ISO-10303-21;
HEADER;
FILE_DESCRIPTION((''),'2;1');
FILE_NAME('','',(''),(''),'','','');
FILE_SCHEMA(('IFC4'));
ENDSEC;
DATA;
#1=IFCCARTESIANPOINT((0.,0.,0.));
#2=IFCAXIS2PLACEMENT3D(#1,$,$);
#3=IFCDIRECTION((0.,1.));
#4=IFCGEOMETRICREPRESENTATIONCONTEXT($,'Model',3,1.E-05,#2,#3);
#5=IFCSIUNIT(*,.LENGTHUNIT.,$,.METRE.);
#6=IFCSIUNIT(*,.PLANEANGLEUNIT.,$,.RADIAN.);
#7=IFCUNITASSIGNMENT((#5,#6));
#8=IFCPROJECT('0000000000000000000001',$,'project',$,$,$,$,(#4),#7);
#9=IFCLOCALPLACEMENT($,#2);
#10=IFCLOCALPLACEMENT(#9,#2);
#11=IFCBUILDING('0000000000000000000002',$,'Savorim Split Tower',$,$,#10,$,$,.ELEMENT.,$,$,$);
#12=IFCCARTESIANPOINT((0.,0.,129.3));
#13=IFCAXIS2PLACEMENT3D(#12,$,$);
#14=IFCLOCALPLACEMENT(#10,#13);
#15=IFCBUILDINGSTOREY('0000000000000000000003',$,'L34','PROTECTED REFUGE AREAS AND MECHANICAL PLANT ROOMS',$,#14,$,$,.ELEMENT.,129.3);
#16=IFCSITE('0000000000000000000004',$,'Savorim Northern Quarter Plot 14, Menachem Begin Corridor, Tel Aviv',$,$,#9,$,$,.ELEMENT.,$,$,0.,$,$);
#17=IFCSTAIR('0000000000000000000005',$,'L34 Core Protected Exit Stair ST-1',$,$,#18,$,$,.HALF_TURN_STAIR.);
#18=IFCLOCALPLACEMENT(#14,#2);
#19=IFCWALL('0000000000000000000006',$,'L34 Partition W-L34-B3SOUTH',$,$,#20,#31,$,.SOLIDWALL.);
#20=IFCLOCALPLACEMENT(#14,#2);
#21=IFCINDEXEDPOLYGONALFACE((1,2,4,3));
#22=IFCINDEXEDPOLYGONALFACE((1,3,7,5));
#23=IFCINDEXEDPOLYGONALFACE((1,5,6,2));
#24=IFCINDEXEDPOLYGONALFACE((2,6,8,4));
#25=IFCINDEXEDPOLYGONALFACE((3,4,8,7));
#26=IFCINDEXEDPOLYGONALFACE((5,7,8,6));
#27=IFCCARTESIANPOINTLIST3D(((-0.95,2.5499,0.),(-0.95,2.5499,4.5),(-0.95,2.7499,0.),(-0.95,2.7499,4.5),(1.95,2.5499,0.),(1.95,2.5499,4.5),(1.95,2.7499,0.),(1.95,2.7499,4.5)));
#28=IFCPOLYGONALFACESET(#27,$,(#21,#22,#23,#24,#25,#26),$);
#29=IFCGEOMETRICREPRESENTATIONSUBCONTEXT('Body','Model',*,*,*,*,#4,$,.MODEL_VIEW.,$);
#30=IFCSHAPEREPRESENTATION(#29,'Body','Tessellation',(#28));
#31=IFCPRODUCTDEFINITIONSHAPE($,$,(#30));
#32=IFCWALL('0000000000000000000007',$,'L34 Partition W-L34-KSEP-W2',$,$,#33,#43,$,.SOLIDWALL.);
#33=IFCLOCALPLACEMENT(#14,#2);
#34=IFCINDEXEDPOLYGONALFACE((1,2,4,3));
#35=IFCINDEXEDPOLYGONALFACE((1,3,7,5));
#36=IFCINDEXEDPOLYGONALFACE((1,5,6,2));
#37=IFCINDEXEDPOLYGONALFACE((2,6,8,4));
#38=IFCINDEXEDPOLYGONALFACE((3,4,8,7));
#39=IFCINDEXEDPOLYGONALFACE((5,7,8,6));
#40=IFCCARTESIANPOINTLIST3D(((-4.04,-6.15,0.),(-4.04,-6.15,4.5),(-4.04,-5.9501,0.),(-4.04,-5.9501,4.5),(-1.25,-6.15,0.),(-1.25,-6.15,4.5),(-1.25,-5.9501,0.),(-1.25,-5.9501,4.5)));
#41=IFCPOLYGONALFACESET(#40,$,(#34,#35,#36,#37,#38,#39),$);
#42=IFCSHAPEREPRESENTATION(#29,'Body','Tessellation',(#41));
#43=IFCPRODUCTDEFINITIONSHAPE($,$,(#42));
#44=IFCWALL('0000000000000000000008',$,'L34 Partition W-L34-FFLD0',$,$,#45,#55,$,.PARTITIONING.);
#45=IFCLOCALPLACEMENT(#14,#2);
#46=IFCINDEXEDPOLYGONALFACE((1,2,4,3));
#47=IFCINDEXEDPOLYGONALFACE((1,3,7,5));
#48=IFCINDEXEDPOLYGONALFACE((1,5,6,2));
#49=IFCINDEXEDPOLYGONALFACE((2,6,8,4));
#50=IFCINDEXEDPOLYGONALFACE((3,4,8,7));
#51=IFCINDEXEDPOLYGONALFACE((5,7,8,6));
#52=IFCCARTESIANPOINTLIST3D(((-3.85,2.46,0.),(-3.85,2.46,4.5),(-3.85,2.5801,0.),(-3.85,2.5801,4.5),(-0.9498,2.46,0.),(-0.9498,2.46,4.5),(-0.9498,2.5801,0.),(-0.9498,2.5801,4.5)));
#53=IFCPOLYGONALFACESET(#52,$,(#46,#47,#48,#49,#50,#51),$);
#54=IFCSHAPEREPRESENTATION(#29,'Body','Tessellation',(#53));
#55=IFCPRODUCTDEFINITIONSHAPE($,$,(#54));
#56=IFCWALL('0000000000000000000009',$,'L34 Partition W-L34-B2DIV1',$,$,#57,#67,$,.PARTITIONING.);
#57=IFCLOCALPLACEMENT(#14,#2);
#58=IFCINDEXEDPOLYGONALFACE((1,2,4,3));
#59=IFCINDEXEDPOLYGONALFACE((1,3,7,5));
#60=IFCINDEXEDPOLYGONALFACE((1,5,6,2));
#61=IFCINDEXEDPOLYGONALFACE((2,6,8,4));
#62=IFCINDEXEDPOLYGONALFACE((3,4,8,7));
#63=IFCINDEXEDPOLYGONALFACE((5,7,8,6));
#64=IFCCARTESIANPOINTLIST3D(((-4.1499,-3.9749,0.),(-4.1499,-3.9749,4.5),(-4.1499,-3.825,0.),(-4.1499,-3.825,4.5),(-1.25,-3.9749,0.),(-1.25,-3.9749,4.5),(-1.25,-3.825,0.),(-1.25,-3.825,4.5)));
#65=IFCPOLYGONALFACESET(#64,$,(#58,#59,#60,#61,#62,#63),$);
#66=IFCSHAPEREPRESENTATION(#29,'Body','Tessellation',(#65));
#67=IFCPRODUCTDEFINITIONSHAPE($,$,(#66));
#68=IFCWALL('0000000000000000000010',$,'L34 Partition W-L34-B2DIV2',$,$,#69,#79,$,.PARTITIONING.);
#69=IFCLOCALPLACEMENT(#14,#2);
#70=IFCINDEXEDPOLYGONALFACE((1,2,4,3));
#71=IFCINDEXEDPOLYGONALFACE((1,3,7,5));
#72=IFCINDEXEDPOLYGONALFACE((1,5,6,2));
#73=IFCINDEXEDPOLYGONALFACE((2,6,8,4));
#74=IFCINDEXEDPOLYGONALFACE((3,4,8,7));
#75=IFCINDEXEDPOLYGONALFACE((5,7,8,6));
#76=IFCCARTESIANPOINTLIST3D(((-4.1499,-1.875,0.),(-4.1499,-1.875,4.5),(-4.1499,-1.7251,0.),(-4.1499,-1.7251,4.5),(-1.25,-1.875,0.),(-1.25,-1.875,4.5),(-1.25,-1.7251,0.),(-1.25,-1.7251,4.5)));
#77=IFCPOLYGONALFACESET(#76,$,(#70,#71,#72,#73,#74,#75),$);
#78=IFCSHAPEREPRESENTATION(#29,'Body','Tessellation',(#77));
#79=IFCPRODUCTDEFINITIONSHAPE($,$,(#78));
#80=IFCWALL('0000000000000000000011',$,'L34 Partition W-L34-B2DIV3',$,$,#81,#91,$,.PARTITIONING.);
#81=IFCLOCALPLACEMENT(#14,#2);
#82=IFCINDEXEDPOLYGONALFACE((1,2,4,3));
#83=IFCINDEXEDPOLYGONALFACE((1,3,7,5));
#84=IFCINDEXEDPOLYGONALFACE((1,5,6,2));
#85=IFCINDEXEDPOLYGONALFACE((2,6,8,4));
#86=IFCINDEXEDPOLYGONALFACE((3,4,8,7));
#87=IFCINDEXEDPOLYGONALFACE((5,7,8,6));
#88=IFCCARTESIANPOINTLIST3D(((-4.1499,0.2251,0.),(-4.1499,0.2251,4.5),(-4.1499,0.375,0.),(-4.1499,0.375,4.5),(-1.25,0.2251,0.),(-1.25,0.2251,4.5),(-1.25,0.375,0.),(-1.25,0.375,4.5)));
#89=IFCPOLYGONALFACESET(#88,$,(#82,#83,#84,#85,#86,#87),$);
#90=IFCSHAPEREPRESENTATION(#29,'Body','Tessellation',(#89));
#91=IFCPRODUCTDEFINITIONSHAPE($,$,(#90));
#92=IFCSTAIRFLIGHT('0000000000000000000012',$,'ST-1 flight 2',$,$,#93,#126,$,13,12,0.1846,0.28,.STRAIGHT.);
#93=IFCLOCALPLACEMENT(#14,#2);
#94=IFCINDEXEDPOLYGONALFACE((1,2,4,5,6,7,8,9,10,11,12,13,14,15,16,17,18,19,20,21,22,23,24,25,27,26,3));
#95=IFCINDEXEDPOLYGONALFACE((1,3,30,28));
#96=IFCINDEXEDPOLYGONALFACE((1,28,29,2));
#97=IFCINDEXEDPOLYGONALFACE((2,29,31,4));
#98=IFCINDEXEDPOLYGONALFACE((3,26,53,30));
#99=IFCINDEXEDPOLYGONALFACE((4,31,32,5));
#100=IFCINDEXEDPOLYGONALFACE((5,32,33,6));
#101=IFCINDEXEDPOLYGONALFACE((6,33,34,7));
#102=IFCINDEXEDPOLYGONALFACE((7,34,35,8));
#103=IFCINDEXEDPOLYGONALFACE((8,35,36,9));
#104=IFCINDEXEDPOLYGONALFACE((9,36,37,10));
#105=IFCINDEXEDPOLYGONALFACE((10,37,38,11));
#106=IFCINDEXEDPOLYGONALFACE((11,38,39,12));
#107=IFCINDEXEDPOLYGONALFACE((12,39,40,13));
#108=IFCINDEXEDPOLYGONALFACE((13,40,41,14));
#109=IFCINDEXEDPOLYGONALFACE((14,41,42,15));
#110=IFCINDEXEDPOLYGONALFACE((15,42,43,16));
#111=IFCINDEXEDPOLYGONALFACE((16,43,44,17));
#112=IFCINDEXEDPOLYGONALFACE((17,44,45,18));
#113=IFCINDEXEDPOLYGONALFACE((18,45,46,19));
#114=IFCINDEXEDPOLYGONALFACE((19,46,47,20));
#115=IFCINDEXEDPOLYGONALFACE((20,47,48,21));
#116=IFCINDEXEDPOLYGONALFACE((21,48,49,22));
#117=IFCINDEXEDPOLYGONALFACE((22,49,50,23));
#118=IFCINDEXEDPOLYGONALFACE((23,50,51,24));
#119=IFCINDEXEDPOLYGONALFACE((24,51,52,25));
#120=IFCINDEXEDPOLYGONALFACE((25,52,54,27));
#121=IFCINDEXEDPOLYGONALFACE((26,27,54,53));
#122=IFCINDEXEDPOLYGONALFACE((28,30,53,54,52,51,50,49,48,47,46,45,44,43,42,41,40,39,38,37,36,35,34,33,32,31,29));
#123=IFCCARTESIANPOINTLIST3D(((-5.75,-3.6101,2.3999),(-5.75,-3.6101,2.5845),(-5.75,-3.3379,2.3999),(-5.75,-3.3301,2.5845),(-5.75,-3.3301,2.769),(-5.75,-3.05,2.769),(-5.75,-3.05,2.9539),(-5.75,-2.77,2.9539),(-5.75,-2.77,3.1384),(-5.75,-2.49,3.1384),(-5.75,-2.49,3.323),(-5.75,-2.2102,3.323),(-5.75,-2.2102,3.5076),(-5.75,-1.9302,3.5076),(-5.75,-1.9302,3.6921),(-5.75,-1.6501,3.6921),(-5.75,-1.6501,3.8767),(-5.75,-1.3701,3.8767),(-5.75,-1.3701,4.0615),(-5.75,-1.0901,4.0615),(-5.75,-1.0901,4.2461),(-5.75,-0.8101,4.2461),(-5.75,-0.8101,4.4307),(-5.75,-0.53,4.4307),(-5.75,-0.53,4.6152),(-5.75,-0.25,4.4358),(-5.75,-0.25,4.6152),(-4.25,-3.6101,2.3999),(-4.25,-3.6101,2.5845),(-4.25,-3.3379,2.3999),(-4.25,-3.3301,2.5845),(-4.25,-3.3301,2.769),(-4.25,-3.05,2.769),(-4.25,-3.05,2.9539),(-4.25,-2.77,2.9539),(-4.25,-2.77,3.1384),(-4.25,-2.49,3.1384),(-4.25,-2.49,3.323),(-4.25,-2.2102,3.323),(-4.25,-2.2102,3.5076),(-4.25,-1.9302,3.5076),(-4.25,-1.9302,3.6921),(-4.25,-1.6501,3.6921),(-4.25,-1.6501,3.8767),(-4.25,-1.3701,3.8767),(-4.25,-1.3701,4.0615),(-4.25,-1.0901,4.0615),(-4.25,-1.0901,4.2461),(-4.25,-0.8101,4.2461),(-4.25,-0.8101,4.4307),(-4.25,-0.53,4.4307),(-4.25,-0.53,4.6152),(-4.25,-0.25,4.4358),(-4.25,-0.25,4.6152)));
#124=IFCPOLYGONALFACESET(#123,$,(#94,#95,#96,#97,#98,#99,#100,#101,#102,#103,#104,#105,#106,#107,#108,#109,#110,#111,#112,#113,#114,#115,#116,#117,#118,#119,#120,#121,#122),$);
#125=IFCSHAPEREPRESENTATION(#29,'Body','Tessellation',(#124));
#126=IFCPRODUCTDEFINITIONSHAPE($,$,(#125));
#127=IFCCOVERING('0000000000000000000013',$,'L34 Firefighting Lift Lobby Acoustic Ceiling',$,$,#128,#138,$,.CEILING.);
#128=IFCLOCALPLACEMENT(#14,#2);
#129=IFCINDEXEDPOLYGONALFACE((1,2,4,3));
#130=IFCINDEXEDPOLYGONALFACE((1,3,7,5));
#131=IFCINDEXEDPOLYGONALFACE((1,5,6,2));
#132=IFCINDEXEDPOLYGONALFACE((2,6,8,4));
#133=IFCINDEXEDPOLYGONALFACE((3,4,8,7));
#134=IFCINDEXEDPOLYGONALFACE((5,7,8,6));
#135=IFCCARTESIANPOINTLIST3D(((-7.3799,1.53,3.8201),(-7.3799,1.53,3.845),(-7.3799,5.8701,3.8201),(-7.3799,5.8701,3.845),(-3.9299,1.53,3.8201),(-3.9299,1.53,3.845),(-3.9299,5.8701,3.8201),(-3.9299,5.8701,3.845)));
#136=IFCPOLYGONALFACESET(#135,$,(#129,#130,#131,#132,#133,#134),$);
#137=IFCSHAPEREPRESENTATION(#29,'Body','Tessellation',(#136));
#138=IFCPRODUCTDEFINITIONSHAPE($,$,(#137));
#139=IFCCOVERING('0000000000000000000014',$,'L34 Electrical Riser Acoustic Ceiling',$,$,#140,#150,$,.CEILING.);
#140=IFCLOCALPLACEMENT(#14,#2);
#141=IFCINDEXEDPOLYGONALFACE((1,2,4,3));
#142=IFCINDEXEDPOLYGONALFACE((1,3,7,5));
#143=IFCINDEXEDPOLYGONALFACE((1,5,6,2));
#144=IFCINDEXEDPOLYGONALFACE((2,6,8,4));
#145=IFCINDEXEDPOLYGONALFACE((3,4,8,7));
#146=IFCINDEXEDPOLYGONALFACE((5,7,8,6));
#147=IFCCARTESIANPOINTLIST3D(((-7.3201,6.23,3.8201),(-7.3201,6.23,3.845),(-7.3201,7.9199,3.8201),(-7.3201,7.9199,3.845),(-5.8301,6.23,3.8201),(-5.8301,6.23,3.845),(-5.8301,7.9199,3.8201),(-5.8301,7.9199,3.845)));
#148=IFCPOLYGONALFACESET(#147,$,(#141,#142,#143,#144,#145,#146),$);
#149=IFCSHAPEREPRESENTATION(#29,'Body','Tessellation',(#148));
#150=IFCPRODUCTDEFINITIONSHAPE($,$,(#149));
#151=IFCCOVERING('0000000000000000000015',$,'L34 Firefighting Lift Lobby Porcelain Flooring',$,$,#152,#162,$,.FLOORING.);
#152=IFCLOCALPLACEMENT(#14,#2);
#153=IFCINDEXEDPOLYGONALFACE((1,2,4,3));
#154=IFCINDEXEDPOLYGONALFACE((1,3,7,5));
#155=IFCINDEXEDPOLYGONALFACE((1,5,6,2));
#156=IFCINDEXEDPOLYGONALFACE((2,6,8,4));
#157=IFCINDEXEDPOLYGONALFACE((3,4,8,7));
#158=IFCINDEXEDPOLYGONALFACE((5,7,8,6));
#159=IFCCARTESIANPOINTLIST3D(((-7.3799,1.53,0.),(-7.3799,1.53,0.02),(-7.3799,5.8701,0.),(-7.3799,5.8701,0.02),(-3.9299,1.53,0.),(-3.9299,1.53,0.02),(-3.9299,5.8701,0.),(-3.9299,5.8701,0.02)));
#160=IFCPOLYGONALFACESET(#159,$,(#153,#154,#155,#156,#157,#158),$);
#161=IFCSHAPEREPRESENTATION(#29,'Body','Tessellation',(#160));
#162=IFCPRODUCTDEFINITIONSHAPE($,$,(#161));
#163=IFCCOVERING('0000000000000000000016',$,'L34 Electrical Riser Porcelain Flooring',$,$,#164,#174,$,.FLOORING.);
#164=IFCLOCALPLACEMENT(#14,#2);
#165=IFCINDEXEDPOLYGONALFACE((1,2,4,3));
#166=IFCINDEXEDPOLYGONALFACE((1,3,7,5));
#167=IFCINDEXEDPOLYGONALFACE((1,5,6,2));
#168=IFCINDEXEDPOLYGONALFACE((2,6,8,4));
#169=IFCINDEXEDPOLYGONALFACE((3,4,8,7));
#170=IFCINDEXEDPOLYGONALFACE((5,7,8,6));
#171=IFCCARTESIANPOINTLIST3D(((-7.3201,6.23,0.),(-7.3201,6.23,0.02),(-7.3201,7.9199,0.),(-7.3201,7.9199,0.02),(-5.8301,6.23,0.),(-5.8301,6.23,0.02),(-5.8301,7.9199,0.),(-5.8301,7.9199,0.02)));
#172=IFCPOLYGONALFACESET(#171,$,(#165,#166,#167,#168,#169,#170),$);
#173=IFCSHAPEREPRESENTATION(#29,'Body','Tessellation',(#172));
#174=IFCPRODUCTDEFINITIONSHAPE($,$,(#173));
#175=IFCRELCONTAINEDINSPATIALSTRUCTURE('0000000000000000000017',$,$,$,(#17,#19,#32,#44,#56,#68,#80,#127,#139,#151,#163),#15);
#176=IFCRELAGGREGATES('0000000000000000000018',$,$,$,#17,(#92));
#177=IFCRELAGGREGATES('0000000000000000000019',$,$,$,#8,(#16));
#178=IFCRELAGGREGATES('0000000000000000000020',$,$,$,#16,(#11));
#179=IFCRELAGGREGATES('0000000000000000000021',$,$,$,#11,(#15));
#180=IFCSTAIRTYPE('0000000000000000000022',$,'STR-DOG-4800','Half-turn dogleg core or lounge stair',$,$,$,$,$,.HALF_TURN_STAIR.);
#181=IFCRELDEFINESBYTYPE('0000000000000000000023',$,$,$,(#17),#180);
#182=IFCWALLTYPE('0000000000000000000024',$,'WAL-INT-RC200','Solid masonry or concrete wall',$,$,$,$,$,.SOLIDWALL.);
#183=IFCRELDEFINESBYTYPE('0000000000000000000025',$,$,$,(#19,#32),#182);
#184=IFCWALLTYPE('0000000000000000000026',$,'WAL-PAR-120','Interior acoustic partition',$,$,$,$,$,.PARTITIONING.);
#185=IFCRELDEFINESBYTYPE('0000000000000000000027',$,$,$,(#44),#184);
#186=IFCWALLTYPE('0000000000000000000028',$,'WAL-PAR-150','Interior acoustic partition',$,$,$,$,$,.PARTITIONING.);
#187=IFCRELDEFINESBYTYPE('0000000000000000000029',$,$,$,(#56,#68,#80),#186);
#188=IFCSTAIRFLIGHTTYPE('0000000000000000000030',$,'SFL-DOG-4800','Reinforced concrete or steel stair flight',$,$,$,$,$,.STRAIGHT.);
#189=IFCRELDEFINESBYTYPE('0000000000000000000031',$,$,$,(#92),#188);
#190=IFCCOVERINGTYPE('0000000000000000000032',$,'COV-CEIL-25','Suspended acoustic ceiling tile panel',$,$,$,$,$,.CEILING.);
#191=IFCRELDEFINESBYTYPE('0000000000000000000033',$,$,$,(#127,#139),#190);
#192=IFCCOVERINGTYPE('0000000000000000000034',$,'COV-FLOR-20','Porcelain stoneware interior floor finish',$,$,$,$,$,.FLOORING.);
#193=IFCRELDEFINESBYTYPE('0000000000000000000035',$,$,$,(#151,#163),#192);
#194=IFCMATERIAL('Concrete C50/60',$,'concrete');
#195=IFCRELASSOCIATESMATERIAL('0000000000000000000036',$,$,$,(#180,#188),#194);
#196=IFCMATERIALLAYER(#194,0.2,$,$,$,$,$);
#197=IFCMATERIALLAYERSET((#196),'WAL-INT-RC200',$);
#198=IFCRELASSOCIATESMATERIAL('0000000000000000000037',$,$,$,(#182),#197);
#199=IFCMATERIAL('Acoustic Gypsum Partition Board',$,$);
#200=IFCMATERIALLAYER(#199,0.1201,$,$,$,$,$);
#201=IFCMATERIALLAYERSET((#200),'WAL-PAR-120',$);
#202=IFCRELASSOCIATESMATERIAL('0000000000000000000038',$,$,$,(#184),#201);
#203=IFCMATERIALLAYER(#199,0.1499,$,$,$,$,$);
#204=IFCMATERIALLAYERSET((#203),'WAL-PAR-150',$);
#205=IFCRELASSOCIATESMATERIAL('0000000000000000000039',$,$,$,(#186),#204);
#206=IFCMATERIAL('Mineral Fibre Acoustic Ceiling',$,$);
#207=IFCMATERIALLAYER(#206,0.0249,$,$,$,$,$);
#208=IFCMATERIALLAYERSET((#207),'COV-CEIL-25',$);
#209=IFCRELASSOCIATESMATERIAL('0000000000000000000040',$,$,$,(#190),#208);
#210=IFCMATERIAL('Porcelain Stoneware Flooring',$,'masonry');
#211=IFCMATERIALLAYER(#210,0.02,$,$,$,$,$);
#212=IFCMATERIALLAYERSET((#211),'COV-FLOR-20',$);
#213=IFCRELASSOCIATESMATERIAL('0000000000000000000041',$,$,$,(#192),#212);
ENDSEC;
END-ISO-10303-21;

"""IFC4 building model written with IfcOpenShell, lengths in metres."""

from ifc_helpers import new_model, si_unit, direction, frame, frame_2d, origin, place, context, subcontext, project, spatial, polyline, rectangle, outline, extrude, material, layer, layer_set, type_object, element, aggregate, save


model = new_model("IFC4")

# Units and contexts
model_context = context("Model", 3, precision=1e-05, world=origin(), true_north=direction((0.0, 1.0)))
body_context = subcontext(model_context, "Body", "Model", "MODEL_VIEW")
ifc_project = project(units=[si_unit("LENGTHUNIT", "METRE"), si_unit("PLANEANGLEUNIT", "RADIAN")], contexts=[model_context])

# Site, building, storey
site_placement = place(None, origin())
site = spatial("IfcSite", under=ifc_project, at=site_placement, Name="Savorim Northern Quarter Plot 14, Menachem Begin Corridor, Tel Aviv", CompositionType="ELEMENT", RefElevation=0.0)
building_placement = place(site_placement, origin())
building = spatial("IfcBuilding", under=site, at=building_placement, Name="Savorim Split Tower", CompositionType="ELEMENT")
storey_placement = place(building_placement, frame((0.0, 0.0, 129.3)))
storey = spatial("IfcBuildingStorey", under=building, at=storey_placement, Name="L34", Description="PROTECTED REFUGE AREAS AND MECHANICAL PLANT ROOMS", CompositionType="ELEMENT", Elevation=129.3)

# Stair
ifc_material_1 = material(Name="Concrete C50/60", Category="concrete")
stair_type = type_object("IfcStairType", Name="STR-DOG-4800", Description="Half-turn dogleg core or lounge stair", PredefinedType="HALF_TURN_STAIR", material=ifc_material_1)
stair_1_placement = place(storey_placement, origin())
stair_1 = element("IfcStair", 1, at=stair_1_placement, inside=storey, type_object=stair_type, Name="L34 Core Protected Exit Stair ST-1", PredefinedType="HALF_TURN_STAIR")

# Shared definitions
ifc_layer_1 = layer(ifc_material_1, 0.2)
ifc_layer_set_1 = layer_set([ifc_layer_1], Name="WAL-INT-RC200")
wall_type_1 = type_object("IfcWallType", Name="WAL-INT-RC200", Description="Solid masonry or concrete wall", PredefinedType="SOLIDWALL", material=ifc_layer_set_1)

# Walls
wall_1_placement = place(storey_placement, frame((-0.95, 2.6499, 0.0), z_axis=(0.0, 0.0, 1.0), x_axis=(1.0, 0.0, 0.0)))
element("IfcWall", 2, at=wall_1_placement, inside=storey, type_object=wall_type_1, Name="L34 Partition W-L34-B3SOUTH", PredefinedType="SOLIDWALL", context=body_context, shape_type="SweptSolid", body=[
    extrude(rectangle(XDim=2.8999, YDim=0.2, at=frame_2d((1.45, 0.0))), origin(), (0.0, 0.0, 1.0), 4.5),
])
wall_2_placement = place(storey_placement, frame((-4.04, -6.05, 0.0), z_axis=(0.0, 0.0, 1.0), x_axis=(1.0, 0.0, 0.0)))
element("IfcWall", 3, at=wall_2_placement, inside=storey, type_object=wall_type_1, Name="L34 Partition W-L34-KSEP-W2", PredefinedType="SOLIDWALL", context=body_context, shape_type="SweptSolid", body=[
    extrude(rectangle(XDim=2.79, YDim=0.2, at=frame_2d((1.395, 0.0))), origin(), (0.0, 0.0, 1.0), 4.5),
])
ifc_material_2 = material(Name="Acoustic Gypsum Partition Board")
ifc_layer_2 = layer(ifc_material_2, 0.1201)
ifc_layer_set_2 = layer_set([ifc_layer_2], Name="WAL-PAR-120")
wall_type_2 = type_object("IfcWallType", Name="WAL-PAR-120", Description="Interior acoustic partition", PredefinedType="PARTITIONING", material=ifc_layer_set_2)
wall_3_placement = place(storey_placement, frame((-3.8501, 2.52, 0.0), z_axis=(0.0, 0.0, 1.0), x_axis=(1.0, 0.0, 0.0)))
element("IfcWall", 4, at=wall_3_placement, inside=storey, type_object=wall_type_2, Name="L34 Partition W-L34-FFLD0", PredefinedType="PARTITIONING", context=body_context, shape_type="SweptSolid", body=[
    extrude(rectangle(XDim=2.9001, YDim=0.1201, at=frame_2d((1.4502, 0.0))), origin(), (0.0, 0.0, 1.0), 4.5),
])
ifc_layer_3 = layer(ifc_material_2, 0.1499)
ifc_layer_set_3 = layer_set([ifc_layer_3], Name="WAL-PAR-150")
wall_type_3 = type_object("IfcWallType", Name="WAL-PAR-150", Description="Interior acoustic partition", PredefinedType="PARTITIONING", material=ifc_layer_set_3)
for number, where, z_axis, x_axis, name in (
    (5, (-4.1499, -3.8999, 0.0), (0.0, 0.0, 1.0), (1.0, 0.0, 0.0), "L34 Partition W-L34-B2DIV1"),
    (6, (-4.1499, -1.8, 0.0), (0.0, 0.0, 1.0), (1.0, 0.0, 0.0), "L34 Partition W-L34-B2DIV2"),
    (7, (-4.1499, 0.3, 0.0), (0.0, 0.0, 1.0), (1.0, 0.0, 0.0), "L34 Partition W-L34-B2DIV3"),
):
    element("IfcWall", number, at=place(storey_placement, frame(where, z_axis=z_axis, x_axis=x_axis)), inside=storey, type_object=wall_type_3, Name=name, PredefinedType="PARTITIONING", context=body_context, shape_type="SweptSolid", body=[
        extrude(rectangle(XDim=2.8999, YDim=0.1499, at=frame_2d((1.45, 0.0))), origin(), (0.0, 0.0, 1.0), 4.5),
    ])

# Stair flight
stair_flight_type = type_object("IfcStairFlightType", Name="SFL-DOG-4800", Description="Reinforced concrete or steel stair flight", PredefinedType="STRAIGHT", material=ifc_material_1)
stair_flight_placement = place(storey_placement, frame((-5.0, -3.6101, 2.3999), z_axis=(0.0, 0.0, 1.0), x_axis=(0.0, 1.0, 0.0)))
stair_flight = element("IfcStairFlight", 8, at=stair_flight_placement, type_object=stair_flight_type, Name="ST-1 flight 2", NumberOfRisers=13, NumberOfTreads=12, PredefinedType="STRAIGHT", RiserHeight=0.1846, TreadLength=0.28, context=body_context, shape_type="SweptSolid", body=[
    extrude(outline(polyline([(0.0, 0.0), (0.0, 0.1846), (0.28, 0.1846), (0.28, 0.3691), (0.5601, 0.3691), (0.5601, 0.554), (0.8401, 0.554), (0.8401, 0.7385), (1.1201, 0.7385), (1.1201, 0.9231), (1.3999, 0.9231), (1.3999, 1.1077), (1.6799, 1.1077), (1.6799, 1.2922), (1.96, 1.2922), (1.96, 1.4768), (2.24, 1.4768), (2.24, 1.6616), (2.52, 1.6616), (2.52, 1.8462), (2.8, 1.8462), (2.8, 2.0308), (3.0801, 2.0308), (3.0801, 2.2153), (3.3601, 2.2153), (3.3601, 2.3999), (3.3601, 2.0359), (0.2722, 0.0), (0.0, 0.0)])), frame((0.0, 0.75, 0.0), z_axis=(0.0, -1.0, 0.0), x_axis=(1.0, 0.0, 0.0)), (0.0, 0.0, 1.0), 1.5),
])
aggregate(stair_1, [stair_flight])

# Coverings
ifc_material_3 = material(Name="Mineral Fibre Acoustic Ceiling")
ifc_layer_4 = layer(ifc_material_3, 0.0249)
ifc_layer_set_4 = layer_set([ifc_layer_4], Name="COV-CEIL-25")
covering_type_1 = type_object("IfcCoveringType", Name="COV-CEIL-25", Description="Suspended acoustic ceiling tile panel", PredefinedType="CEILING", material=ifc_layer_set_4)
covering_1_placement = place(storey_placement, frame((0.0, 0.0, 3.8201)))
element("IfcCovering", 9, at=covering_1_placement, inside=storey, type_object=covering_type_1, Name="L34 Firefighting Lift Lobby Acoustic Ceiling", PredefinedType="CEILING", context=body_context, shape_type="SweptSolid", body=[
    extrude(outline(polyline([(-7.3799, 5.8701), (-7.3799, 1.53), (-3.9299, 1.53), (-3.9299, 5.8701), (-7.3799, 5.8701)])), origin(), (0.0, 0.0, 1.0), 0.0249),
])
covering_2_placement = place(storey_placement, frame((0.0, 0.0, 3.8201)))
element("IfcCovering", 10, at=covering_2_placement, inside=storey, type_object=covering_type_1, Name="L34 Electrical Riser Acoustic Ceiling", PredefinedType="CEILING", context=body_context, shape_type="SweptSolid", body=[
    extrude(outline(polyline([(-7.3201, 7.9199), (-7.3201, 6.23), (-5.8301, 6.23), (-5.8301, 7.9199), (-7.3201, 7.9199)])), origin(), (0.0, 0.0, 1.0), 0.0249),
])
ifc_material_4 = material(Name="Porcelain Stoneware Flooring", Category="masonry")
ifc_layer_5 = layer(ifc_material_4, 0.02)
ifc_layer_set_5 = layer_set([ifc_layer_5], Name="COV-FLOR-20")
covering_type_2 = type_object("IfcCoveringType", Name="COV-FLOR-20", Description="Porcelain stoneware interior floor finish", PredefinedType="FLOORING", material=ifc_layer_set_5)
covering_3_placement = place(storey_placement, origin())
element("IfcCovering", 11, at=covering_3_placement, inside=storey, type_object=covering_type_2, Name="L34 Firefighting Lift Lobby Porcelain Flooring", PredefinedType="FLOORING", context=body_context, shape_type="SweptSolid", body=[
    extrude(outline(polyline([(-7.3799, 5.8701), (-7.3799, 1.53), (-3.9299, 1.53), (-3.9299, 5.8701), (-7.3799, 5.8701)])), origin(), (0.0, 0.0, 1.0), 0.02),
])
covering_4_placement = place(storey_placement, origin())
element("IfcCovering", 12, at=covering_4_placement, inside=storey, type_object=covering_type_2, Name="L34 Electrical Riser Porcelain Flooring", PredefinedType="FLOORING", context=body_context, shape_type="SweptSolid", body=[
    extrude(outline(polyline([(-7.3201, 7.9199), (-7.3201, 6.23), (-5.8301, 6.23), (-5.8301, 7.9199), (-7.3201, 7.9199)])), origin(), (0.0, 0.0, 1.0), 0.02),
])

save(model, "model.ifc")
